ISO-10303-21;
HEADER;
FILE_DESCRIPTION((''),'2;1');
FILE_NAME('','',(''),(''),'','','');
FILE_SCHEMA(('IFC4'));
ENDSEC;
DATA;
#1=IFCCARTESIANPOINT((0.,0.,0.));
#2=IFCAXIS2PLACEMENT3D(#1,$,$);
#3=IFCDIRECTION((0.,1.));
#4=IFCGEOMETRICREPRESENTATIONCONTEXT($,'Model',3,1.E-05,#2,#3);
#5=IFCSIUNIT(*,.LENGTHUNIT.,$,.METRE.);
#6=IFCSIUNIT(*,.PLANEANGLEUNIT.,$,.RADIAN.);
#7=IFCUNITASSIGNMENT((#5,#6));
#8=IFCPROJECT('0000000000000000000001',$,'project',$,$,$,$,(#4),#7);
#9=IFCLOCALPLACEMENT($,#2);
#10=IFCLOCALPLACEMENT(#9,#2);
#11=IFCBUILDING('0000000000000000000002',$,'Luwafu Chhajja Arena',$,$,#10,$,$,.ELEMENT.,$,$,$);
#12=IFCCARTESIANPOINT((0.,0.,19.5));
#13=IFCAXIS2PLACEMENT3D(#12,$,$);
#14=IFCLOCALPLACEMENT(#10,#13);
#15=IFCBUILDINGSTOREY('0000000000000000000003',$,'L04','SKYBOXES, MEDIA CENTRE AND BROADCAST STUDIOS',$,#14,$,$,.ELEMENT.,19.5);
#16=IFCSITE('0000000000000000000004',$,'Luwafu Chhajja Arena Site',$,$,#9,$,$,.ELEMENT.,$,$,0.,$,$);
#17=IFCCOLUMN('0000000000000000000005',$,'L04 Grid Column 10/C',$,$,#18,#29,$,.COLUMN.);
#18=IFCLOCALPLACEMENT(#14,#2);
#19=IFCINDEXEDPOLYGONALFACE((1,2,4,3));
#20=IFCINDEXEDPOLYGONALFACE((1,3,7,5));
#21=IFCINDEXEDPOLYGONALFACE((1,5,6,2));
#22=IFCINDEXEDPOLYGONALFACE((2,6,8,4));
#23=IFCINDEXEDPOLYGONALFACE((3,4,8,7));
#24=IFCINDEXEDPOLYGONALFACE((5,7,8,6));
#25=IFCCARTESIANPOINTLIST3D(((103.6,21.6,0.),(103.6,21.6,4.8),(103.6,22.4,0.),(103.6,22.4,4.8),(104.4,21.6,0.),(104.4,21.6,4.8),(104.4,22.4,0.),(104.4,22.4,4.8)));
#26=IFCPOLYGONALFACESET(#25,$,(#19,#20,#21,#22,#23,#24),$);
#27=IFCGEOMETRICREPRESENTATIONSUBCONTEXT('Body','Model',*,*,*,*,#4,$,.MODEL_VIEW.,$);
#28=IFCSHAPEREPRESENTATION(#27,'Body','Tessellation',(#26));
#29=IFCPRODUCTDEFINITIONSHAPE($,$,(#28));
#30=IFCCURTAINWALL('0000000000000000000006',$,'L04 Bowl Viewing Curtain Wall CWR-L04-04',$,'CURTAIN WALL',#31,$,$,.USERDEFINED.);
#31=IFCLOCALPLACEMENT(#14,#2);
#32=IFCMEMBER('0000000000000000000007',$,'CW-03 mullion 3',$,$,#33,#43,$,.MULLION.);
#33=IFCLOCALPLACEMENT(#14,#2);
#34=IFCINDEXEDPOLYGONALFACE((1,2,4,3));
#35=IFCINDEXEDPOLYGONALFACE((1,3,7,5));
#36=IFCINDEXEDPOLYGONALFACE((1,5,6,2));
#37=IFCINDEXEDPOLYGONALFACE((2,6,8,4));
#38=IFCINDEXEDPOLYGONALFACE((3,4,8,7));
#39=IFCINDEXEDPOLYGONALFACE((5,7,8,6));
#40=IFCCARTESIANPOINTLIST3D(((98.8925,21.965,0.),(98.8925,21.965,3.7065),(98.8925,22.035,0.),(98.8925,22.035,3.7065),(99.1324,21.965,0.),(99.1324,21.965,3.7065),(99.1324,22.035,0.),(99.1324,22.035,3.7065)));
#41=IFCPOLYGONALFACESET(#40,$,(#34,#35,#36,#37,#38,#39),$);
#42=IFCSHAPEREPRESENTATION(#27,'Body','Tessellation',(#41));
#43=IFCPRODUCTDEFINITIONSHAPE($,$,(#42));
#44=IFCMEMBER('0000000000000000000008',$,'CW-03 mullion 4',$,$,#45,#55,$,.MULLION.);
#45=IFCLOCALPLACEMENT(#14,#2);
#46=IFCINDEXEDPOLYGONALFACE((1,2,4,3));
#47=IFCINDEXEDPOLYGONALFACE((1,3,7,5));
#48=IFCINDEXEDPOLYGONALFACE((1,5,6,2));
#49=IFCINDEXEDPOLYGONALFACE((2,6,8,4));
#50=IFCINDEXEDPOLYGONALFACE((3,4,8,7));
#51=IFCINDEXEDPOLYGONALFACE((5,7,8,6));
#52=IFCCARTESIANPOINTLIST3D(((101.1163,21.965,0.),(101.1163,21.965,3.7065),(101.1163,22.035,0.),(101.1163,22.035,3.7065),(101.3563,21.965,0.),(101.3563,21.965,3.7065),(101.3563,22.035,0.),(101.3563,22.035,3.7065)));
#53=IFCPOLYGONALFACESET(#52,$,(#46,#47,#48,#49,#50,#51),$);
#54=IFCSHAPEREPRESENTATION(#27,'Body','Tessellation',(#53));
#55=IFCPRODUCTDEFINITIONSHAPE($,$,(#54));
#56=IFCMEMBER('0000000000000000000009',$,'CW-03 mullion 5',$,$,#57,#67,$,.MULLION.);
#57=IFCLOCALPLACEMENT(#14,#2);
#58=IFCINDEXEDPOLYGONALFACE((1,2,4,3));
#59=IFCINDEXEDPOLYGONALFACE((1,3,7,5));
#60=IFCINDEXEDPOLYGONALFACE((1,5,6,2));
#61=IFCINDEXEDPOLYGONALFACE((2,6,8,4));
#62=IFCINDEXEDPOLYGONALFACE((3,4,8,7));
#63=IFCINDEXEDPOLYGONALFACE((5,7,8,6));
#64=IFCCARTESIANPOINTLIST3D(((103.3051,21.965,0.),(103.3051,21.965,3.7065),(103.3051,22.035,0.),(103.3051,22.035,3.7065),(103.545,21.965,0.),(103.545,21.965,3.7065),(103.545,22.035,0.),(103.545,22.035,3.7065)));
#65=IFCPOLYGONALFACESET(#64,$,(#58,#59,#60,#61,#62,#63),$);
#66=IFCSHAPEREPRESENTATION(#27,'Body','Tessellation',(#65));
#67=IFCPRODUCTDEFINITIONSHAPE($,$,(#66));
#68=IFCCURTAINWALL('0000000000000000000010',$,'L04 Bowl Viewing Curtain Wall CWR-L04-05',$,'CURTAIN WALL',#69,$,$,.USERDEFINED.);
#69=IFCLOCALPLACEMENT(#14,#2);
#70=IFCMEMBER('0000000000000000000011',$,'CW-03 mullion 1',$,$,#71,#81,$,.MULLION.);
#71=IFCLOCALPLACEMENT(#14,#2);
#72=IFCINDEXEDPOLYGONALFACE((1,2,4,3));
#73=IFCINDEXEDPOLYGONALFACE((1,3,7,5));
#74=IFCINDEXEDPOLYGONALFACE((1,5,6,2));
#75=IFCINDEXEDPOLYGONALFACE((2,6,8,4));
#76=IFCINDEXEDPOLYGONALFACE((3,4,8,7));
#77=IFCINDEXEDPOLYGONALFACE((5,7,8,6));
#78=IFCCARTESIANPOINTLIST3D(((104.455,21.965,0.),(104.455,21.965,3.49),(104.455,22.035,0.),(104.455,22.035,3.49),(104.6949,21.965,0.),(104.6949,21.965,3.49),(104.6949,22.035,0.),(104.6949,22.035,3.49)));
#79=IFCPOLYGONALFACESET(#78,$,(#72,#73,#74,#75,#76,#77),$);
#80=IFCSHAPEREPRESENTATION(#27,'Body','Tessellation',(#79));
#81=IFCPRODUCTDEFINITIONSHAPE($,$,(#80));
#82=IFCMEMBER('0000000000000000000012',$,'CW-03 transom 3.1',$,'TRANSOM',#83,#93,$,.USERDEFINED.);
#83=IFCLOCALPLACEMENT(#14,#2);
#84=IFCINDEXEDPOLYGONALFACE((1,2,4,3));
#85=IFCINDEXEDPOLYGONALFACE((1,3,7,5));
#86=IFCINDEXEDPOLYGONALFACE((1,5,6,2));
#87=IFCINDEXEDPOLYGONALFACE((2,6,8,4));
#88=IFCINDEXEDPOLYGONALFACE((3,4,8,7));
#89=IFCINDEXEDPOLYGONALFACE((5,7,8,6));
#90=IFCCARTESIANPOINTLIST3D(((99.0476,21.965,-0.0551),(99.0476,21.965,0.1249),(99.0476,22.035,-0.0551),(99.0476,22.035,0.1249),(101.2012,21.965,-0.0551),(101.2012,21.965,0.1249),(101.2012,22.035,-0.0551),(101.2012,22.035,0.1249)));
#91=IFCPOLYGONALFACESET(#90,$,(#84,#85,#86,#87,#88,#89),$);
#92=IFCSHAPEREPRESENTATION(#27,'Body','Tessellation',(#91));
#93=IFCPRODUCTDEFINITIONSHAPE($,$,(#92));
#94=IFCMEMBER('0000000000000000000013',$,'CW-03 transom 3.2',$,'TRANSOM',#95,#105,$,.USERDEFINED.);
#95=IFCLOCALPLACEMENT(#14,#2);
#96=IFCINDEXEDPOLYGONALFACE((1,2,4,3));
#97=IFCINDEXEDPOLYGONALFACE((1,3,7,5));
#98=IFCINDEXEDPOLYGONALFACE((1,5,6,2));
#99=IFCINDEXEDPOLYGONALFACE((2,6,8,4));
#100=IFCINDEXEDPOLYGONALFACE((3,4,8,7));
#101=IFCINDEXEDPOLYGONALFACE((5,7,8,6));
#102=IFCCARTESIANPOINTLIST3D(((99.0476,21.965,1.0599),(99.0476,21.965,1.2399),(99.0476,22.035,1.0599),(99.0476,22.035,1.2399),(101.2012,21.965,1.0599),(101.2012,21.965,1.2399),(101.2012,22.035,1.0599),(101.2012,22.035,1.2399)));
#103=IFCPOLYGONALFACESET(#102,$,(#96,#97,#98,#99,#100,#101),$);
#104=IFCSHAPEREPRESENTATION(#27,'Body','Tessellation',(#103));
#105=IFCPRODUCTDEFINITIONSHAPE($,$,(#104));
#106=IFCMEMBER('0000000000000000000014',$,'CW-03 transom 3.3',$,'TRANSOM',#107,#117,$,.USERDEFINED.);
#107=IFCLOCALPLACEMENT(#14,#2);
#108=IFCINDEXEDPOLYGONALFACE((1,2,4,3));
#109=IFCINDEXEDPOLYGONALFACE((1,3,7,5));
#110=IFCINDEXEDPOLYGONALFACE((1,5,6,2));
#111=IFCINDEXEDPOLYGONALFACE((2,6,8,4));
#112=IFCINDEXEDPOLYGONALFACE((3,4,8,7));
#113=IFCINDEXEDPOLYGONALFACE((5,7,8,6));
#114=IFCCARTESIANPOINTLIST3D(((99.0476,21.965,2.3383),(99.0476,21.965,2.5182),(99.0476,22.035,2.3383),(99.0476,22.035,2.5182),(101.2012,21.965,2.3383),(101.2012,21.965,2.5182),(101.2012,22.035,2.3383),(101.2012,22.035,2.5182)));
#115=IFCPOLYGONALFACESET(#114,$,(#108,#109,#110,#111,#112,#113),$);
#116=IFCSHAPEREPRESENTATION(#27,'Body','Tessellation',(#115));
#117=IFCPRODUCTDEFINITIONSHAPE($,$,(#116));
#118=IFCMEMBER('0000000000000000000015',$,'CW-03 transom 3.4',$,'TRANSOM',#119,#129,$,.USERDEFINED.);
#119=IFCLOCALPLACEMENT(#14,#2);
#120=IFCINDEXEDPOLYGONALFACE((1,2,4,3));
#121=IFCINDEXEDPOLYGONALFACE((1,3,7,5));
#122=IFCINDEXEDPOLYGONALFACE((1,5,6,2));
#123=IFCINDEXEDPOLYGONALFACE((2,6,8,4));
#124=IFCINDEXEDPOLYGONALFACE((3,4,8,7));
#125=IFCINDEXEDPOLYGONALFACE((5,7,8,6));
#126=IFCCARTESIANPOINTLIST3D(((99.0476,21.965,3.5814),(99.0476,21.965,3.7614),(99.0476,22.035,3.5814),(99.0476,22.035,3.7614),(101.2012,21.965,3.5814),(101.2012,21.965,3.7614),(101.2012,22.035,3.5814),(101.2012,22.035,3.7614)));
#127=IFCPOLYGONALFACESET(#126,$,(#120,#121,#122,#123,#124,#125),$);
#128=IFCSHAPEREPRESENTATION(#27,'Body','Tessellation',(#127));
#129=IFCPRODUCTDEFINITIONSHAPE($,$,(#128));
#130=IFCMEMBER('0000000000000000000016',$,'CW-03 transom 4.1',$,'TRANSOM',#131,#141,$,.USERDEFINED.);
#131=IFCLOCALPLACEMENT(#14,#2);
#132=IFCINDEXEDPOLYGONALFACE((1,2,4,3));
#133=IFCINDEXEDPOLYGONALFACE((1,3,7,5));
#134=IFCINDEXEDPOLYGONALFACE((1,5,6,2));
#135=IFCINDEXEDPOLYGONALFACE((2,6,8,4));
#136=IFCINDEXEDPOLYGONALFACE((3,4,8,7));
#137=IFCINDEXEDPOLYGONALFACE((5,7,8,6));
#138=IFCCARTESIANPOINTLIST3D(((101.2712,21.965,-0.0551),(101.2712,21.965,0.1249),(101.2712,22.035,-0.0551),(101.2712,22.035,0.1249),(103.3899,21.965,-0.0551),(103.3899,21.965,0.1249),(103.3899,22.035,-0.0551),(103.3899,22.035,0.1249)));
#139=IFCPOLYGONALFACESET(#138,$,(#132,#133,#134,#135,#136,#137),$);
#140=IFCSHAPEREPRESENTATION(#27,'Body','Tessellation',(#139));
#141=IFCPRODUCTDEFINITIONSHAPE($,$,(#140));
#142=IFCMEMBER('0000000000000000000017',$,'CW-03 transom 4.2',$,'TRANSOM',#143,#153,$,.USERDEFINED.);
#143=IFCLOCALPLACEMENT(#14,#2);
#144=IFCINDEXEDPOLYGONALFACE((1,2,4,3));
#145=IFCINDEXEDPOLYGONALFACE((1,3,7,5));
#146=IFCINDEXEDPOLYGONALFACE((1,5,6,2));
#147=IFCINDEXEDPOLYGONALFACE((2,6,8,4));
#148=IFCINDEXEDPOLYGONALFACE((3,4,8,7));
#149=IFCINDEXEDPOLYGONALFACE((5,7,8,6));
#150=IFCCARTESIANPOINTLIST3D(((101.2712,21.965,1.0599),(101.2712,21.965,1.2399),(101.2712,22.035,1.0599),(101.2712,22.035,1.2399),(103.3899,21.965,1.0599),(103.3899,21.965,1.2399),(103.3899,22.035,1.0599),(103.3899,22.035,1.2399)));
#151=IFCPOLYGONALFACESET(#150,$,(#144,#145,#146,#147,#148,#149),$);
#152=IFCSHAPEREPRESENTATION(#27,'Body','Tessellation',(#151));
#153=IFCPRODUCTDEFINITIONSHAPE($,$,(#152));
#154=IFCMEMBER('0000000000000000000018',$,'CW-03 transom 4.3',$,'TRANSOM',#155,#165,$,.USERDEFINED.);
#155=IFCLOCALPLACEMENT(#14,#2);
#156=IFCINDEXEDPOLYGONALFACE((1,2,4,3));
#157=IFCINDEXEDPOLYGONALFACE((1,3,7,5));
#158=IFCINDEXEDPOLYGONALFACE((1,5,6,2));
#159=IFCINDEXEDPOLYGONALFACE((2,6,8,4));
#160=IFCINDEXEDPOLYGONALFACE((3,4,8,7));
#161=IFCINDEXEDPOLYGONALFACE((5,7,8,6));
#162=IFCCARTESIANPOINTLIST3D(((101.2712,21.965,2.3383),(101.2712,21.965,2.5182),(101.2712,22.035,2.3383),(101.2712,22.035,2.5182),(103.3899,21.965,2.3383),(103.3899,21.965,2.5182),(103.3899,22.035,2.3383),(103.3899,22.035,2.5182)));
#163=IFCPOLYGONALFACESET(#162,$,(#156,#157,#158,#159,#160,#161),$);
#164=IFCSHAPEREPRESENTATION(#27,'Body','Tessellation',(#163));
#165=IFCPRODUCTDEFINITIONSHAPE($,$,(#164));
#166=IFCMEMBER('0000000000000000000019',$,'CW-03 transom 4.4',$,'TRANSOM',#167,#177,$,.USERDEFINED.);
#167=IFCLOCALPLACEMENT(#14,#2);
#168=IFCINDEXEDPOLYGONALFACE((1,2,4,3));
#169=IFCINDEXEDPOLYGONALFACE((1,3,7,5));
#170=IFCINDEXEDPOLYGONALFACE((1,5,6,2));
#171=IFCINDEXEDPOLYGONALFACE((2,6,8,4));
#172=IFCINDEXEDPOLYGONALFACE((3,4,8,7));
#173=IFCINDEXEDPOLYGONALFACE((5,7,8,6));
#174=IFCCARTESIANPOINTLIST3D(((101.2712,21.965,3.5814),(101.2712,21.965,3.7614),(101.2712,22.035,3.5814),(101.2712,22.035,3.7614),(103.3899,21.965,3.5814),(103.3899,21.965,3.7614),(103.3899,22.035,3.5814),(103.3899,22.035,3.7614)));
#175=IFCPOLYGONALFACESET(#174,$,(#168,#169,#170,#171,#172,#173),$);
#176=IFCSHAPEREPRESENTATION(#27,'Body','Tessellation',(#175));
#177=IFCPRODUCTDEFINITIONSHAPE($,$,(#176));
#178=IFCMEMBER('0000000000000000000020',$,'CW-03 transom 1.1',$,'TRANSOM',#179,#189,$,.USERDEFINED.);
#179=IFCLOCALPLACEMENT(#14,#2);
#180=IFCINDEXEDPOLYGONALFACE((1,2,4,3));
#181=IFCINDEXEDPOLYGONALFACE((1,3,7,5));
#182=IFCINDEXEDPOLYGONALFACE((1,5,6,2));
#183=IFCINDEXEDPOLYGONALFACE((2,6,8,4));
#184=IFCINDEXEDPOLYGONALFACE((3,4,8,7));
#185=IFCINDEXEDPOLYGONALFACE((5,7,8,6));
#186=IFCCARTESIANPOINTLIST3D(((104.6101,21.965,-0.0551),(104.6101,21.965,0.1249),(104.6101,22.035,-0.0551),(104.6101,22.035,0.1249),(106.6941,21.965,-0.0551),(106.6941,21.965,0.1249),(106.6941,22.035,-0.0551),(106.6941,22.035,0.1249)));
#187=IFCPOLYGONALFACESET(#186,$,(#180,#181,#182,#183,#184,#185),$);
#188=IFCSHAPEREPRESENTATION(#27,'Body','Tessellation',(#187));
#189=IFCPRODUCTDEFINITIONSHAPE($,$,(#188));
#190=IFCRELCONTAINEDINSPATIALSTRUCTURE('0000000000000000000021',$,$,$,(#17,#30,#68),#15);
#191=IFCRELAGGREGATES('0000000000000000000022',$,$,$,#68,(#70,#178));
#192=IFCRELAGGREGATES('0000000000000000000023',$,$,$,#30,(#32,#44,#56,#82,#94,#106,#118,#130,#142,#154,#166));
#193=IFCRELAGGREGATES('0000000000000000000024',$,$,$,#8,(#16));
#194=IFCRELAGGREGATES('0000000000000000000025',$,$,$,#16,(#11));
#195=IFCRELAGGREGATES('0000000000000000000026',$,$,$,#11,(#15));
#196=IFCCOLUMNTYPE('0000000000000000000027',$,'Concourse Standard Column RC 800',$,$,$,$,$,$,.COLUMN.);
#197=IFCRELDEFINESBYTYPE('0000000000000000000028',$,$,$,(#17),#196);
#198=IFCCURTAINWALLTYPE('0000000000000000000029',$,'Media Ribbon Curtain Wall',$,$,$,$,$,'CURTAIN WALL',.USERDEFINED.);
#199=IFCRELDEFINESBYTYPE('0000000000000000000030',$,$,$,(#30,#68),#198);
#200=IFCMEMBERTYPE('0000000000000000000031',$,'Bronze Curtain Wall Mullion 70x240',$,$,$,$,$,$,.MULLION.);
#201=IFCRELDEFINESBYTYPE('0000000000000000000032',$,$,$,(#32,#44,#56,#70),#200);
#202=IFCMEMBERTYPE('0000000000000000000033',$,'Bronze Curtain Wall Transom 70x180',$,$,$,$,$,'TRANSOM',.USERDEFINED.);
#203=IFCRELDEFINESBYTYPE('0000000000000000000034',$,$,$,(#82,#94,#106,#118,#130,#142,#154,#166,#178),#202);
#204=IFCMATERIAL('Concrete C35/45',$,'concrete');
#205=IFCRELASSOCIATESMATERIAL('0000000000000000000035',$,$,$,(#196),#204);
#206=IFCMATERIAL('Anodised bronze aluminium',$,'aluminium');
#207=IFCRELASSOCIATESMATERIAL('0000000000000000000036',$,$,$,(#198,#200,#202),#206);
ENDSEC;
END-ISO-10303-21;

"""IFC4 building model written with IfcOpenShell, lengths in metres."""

from ifc_helpers import new_model, si_unit, direction, frame, origin, origin_2d, place, context, subcontext, project, spatial, rectangle, extrude, material, material_profile, profile_set, type_object, element, aggregate, save


model = new_model("IFC4")

# Units and contexts
model_context = context("Model", 3, precision=1e-05, world=origin(), true_north=direction((0.0, 1.0)))
body_context = subcontext(model_context, "Body", "Model", "MODEL_VIEW")
ifc_project = project(units=[si_unit("LENGTHUNIT", "METRE"), si_unit("PLANEANGLEUNIT", "RADIAN")], contexts=[model_context])

# Site, building, storey
site_placement = place(None, origin())
site = spatial("IfcSite", under=ifc_project, at=site_placement, Name="Luwafu Chhajja Arena Site", CompositionType="ELEMENT", RefElevation=0.0)
building_placement = place(site_placement, origin())
building = spatial("IfcBuilding", under=site, at=building_placement, Name="Luwafu Chhajja Arena", CompositionType="ELEMENT")
storey_placement = place(building_placement, frame((0.0, 0.0, 19.5)))
storey = spatial("IfcBuildingStorey", under=building, at=storey_placement, Name="L04", Description="SKYBOXES, MEDIA CENTRE AND BROADCAST STUDIOS", CompositionType="ELEMENT", Elevation=19.5)

# Column
ifc_material_1 = material(Name="Concrete C35/45", Category="concrete")
ifc_material_profile_1 = material_profile(ifc_material_1, rectangle(XDim=0.8, YDim=0.8, at=origin_2d()), Name="RC 800x800")
ifc_profile_set_1 = profile_set([ifc_material_profile_1], Name="Concrete C35/45")
column_type = type_object("IfcColumnType", Name="Concourse Standard Column RC 800", PredefinedType="COLUMN", material=ifc_profile_set_1)
column_placement = place(storey_placement, frame((104.0, 22.0, 0.0), z_axis=(0.0, 0.0, 1.0), x_axis=(1.0, 0.0, 0.0)))
element("IfcColumn", 1, at=column_placement, inside=storey, type_object=column_type, Name="L04 Grid Column 10/C", PredefinedType="COLUMN", context=body_context, shape_type="SweptSolid", body=[
    extrude(rectangle(XDim=0.8, YDim=0.8, at=origin_2d()), origin(), (0.0, 0.0, 1.0), 4.8),
])

# Curtain wall, members
ifc_material_2 = material(Name="Anodised bronze aluminium", Category="aluminium")
curtain_wall_type = type_object("IfcCurtainWallType", Name="Media Ribbon Curtain Wall", ElementType="CURTAIN WALL", PredefinedType="USERDEFINED", material=ifc_material_2)
curtain_wall_1_placement = place(storey_placement, origin())
curtain_wall_1 = element("IfcCurtainWall", 2, at=curtain_wall_1_placement, inside=storey, type_object=curtain_wall_type, Name="L04 Bowl Viewing Curtain Wall CWR-L04-04", ObjectType="CURTAIN WALL", PredefinedType="USERDEFINED")
ifc_material_profile_2 = material_profile(ifc_material_2, rectangle(XDim=0.0701, YDim=0.24, at=origin_2d()), Name="CWM 70x240")
ifc_profile_set_2 = profile_set([ifc_material_profile_2], Name="Anodised bronze aluminium")
member_type_1 = type_object("IfcMemberType", Name="Bronze Curtain Wall Mullion 70x240", PredefinedType="MULLION", material=ifc_profile_set_2)
member_1_placement = place(storey_placement, frame((99.0125, 22.0, 0.0), z_axis=(0.0, 0.0, 1.0), x_axis=(0.0, 1.0, 0.0)))
member_1 = element("IfcMember", 3, at=member_1_placement, type_object=member_type_1, Name="CW-03 mullion 3", PredefinedType="MULLION", context=body_context, shape_type="SweptSolid", body=[
    extrude(rectangle(XDim=0.0701, YDim=0.24, at=origin_2d()), origin(), (0.0, 0.0, 1.0), 3.7065),
])
member_2_placement = place(storey_placement, frame((101.2363, 22.0, 0.0), z_axis=(0.0, 0.0, 1.0), x_axis=(0.0, 1.0, 0.0)))
member_2 = element("IfcMember", 4, at=member_2_placement, type_object=member_type_1, Name="CW-03 mullion 4", PredefinedType="MULLION", context=body_context, shape_type="SweptSolid", body=[
    extrude(rectangle(XDim=0.0701, YDim=0.24, at=origin_2d()), origin(), (0.0, 0.0, 1.0), 3.7065),
])
member_3_placement = place(storey_placement, frame((103.425, 22.0, 0.0), z_axis=(0.0, 0.0, 1.0), x_axis=(0.0, 1.0, 0.0)))
member_3 = element("IfcMember", 5, at=member_3_placement, type_object=member_type_1, Name="CW-03 mullion 5", PredefinedType="MULLION", context=body_context, shape_type="SweptSolid", body=[
    extrude(rectangle(XDim=0.0701, YDim=0.24, at=origin_2d()), origin(), (0.0, 0.0, 1.0), 3.7065),
])

# Curtain wall, member
curtain_wall_2_placement = place(storey_placement, origin())
curtain_wall_2 = element("IfcCurtainWall", 6, at=curtain_wall_2_placement, inside=storey, type_object=curtain_wall_type, Name="L04 Bowl Viewing Curtain Wall CWR-L04-05", ObjectType="CURTAIN WALL", PredefinedType="USERDEFINED")
member_4_placement = place(storey_placement, frame((104.575, 22.0, 0.0), z_axis=(0.0, 0.0, 1.0), x_axis=(0.0, 1.0, 0.0)))
member_4 = element("IfcMember", 7, at=member_4_placement, type_object=member_type_1, Name="CW-03 mullion 1", PredefinedType="MULLION", context=body_context, shape_type="SweptSolid", body=[
    extrude(rectangle(XDim=0.0701, YDim=0.24, at=origin_2d()), origin(), (0.0, 0.0, 1.0), 3.49),
])

# Members
ifc_material_profile_3 = material_profile(ifc_material_2, rectangle(XDim=0.0701, YDim=0.1799, at=origin_2d()), Name="CWT 70x180")
ifc_profile_set_3 = profile_set([ifc_material_profile_3], Name="Anodised bronze aluminium")
member_type_2 = type_object("IfcMemberType", Name="Bronze Curtain Wall Transom 70x180", ElementType="TRANSOM", PredefinedType="USERDEFINED", material=ifc_profile_set_3)
member_5_placement = place(storey_placement, frame((99.0476, 22.0, 0.0349), z_axis=(1.0, 0.0, 0.0), x_axis=(0.0, 1.0, 0.0)))
member_5 = element("IfcMember", 8, at=member_5_placement, type_object=member_type_2, Name="CW-03 transom 3.1", ObjectType="TRANSOM", PredefinedType="USERDEFINED", context=body_context, shape_type="SweptSolid", body=[
    extrude(rectangle(XDim=0.0701, YDim=0.1799, at=origin_2d()), origin(), (0.0, 0.0, 1.0), 2.1536),
])
member_6_placement = place(storey_placement, frame((99.0476, 22.0, 1.1499), z_axis=(1.0, 0.0, 0.0), x_axis=(0.0, 1.0, 0.0)))
member_6 = element("IfcMember", 9, at=member_6_placement, type_object=member_type_2, Name="CW-03 transom 3.2", ObjectType="TRANSOM", PredefinedType="USERDEFINED", context=body_context, shape_type="SweptSolid", body=[
    extrude(rectangle(XDim=0.0701, YDim=0.1799, at=origin_2d()), origin(), (0.0, 0.0, 1.0), 2.1536),
])
member_7_placement = place(storey_placement, frame((99.0476, 22.0, 2.4282), z_axis=(1.0, 0.0, 0.0), x_axis=(0.0, 1.0, 0.0)))
member_7 = element("IfcMember", 10, at=member_7_placement, type_object=member_type_2, Name="CW-03 transom 3.3", ObjectType="TRANSOM", PredefinedType="USERDEFINED", context=body_context, shape_type="SweptSolid", body=[
    extrude(rectangle(XDim=0.0701, YDim=0.1799, at=origin_2d()), origin(), (0.0, 0.0, 1.0), 2.1536),
])
member_8_placement = place(storey_placement, frame((99.0476, 22.0, 3.6714), z_axis=(1.0, 0.0, 0.0), x_axis=(0.0, 1.0, 0.0)))
member_8 = element("IfcMember", 11, at=member_8_placement, type_object=member_type_2, Name="CW-03 transom 3.4", ObjectType="TRANSOM", PredefinedType="USERDEFINED", context=body_context, shape_type="SweptSolid", body=[
    extrude(rectangle(XDim=0.0701, YDim=0.1799, at=origin_2d()), origin(), (0.0, 0.0, 1.0), 2.1536),
])
member_9_placement = place(storey_placement, frame((101.2712, 22.0, 0.0349), z_axis=(1.0, 0.0, 0.0), x_axis=(0.0, 1.0, 0.0)))
member_9 = element("IfcMember", 12, at=member_9_placement, type_object=member_type_2, Name="CW-03 transom 4.1", ObjectType="TRANSOM", PredefinedType="USERDEFINED", context=body_context, shape_type="SweptSolid", body=[
    extrude(rectangle(XDim=0.0701, YDim=0.1799, at=origin_2d()), origin(), (0.0, 0.0, 1.0), 2.1187),
])
member_10_placement = place(storey_placement, frame((101.2712, 22.0, 1.1499), z_axis=(1.0, 0.0, 0.0), x_axis=(0.0, 1.0, 0.0)))
member_10 = element("IfcMember", 13, at=member_10_placement, type_object=member_type_2, Name="CW-03 transom 4.2", ObjectType="TRANSOM", PredefinedType="USERDEFINED", context=body_context, shape_type="SweptSolid", body=[
    extrude(rectangle(XDim=0.0701, YDim=0.1799, at=origin_2d()), origin(), (0.0, 0.0, 1.0), 2.1187),
])
member_11_placement = place(storey_placement, frame((101.2712, 22.0, 2.4282), z_axis=(1.0, 0.0, 0.0), x_axis=(0.0, 1.0, 0.0)))
member_11 = element("IfcMember", 14, at=member_11_placement, type_object=member_type_2, Name="CW-03 transom 4.3", ObjectType="TRANSOM", PredefinedType="USERDEFINED", context=body_context, shape_type="SweptSolid", body=[
    extrude(rectangle(XDim=0.0701, YDim=0.1799, at=origin_2d()), origin(), (0.0, 0.0, 1.0), 2.1187),
])
member_12_placement = place(storey_placement, frame((101.2712, 22.0, 3.6714), z_axis=(1.0, 0.0, 0.0), x_axis=(0.0, 1.0, 0.0)))
member_12 = element("IfcMember", 15, at=member_12_placement, type_object=member_type_2, Name="CW-03 transom 4.4", ObjectType="TRANSOM", PredefinedType="USERDEFINED", context=body_context, shape_type="SweptSolid", body=[
    extrude(rectangle(XDim=0.0701, YDim=0.1799, at=origin_2d()), origin(), (0.0, 0.0, 1.0), 2.1187),
])
member_13_placement = place(storey_placement, frame((104.6101, 22.0, 0.0349), z_axis=(1.0, 0.0, 0.0), x_axis=(0.0, 1.0, 0.0)))
member_13 = element("IfcMember", 16, at=member_13_placement, type_object=member_type_2, Name="CW-03 transom 1.1", ObjectType="TRANSOM", PredefinedType="USERDEFINED", context=body_context, shape_type="SweptSolid", body=[
    extrude(rectangle(XDim=0.0701, YDim=0.1799, at=origin_2d()), origin(), (0.0, 0.0, 1.0), 2.084),
])
aggregate(curtain_wall_2, [member_4, member_13])

aggregate(curtain_wall_1, [member_1, member_2, member_3, member_5, member_6, member_7, member_8, member_9, member_10, member_11, member_12])

save(model, "model.ifc")
